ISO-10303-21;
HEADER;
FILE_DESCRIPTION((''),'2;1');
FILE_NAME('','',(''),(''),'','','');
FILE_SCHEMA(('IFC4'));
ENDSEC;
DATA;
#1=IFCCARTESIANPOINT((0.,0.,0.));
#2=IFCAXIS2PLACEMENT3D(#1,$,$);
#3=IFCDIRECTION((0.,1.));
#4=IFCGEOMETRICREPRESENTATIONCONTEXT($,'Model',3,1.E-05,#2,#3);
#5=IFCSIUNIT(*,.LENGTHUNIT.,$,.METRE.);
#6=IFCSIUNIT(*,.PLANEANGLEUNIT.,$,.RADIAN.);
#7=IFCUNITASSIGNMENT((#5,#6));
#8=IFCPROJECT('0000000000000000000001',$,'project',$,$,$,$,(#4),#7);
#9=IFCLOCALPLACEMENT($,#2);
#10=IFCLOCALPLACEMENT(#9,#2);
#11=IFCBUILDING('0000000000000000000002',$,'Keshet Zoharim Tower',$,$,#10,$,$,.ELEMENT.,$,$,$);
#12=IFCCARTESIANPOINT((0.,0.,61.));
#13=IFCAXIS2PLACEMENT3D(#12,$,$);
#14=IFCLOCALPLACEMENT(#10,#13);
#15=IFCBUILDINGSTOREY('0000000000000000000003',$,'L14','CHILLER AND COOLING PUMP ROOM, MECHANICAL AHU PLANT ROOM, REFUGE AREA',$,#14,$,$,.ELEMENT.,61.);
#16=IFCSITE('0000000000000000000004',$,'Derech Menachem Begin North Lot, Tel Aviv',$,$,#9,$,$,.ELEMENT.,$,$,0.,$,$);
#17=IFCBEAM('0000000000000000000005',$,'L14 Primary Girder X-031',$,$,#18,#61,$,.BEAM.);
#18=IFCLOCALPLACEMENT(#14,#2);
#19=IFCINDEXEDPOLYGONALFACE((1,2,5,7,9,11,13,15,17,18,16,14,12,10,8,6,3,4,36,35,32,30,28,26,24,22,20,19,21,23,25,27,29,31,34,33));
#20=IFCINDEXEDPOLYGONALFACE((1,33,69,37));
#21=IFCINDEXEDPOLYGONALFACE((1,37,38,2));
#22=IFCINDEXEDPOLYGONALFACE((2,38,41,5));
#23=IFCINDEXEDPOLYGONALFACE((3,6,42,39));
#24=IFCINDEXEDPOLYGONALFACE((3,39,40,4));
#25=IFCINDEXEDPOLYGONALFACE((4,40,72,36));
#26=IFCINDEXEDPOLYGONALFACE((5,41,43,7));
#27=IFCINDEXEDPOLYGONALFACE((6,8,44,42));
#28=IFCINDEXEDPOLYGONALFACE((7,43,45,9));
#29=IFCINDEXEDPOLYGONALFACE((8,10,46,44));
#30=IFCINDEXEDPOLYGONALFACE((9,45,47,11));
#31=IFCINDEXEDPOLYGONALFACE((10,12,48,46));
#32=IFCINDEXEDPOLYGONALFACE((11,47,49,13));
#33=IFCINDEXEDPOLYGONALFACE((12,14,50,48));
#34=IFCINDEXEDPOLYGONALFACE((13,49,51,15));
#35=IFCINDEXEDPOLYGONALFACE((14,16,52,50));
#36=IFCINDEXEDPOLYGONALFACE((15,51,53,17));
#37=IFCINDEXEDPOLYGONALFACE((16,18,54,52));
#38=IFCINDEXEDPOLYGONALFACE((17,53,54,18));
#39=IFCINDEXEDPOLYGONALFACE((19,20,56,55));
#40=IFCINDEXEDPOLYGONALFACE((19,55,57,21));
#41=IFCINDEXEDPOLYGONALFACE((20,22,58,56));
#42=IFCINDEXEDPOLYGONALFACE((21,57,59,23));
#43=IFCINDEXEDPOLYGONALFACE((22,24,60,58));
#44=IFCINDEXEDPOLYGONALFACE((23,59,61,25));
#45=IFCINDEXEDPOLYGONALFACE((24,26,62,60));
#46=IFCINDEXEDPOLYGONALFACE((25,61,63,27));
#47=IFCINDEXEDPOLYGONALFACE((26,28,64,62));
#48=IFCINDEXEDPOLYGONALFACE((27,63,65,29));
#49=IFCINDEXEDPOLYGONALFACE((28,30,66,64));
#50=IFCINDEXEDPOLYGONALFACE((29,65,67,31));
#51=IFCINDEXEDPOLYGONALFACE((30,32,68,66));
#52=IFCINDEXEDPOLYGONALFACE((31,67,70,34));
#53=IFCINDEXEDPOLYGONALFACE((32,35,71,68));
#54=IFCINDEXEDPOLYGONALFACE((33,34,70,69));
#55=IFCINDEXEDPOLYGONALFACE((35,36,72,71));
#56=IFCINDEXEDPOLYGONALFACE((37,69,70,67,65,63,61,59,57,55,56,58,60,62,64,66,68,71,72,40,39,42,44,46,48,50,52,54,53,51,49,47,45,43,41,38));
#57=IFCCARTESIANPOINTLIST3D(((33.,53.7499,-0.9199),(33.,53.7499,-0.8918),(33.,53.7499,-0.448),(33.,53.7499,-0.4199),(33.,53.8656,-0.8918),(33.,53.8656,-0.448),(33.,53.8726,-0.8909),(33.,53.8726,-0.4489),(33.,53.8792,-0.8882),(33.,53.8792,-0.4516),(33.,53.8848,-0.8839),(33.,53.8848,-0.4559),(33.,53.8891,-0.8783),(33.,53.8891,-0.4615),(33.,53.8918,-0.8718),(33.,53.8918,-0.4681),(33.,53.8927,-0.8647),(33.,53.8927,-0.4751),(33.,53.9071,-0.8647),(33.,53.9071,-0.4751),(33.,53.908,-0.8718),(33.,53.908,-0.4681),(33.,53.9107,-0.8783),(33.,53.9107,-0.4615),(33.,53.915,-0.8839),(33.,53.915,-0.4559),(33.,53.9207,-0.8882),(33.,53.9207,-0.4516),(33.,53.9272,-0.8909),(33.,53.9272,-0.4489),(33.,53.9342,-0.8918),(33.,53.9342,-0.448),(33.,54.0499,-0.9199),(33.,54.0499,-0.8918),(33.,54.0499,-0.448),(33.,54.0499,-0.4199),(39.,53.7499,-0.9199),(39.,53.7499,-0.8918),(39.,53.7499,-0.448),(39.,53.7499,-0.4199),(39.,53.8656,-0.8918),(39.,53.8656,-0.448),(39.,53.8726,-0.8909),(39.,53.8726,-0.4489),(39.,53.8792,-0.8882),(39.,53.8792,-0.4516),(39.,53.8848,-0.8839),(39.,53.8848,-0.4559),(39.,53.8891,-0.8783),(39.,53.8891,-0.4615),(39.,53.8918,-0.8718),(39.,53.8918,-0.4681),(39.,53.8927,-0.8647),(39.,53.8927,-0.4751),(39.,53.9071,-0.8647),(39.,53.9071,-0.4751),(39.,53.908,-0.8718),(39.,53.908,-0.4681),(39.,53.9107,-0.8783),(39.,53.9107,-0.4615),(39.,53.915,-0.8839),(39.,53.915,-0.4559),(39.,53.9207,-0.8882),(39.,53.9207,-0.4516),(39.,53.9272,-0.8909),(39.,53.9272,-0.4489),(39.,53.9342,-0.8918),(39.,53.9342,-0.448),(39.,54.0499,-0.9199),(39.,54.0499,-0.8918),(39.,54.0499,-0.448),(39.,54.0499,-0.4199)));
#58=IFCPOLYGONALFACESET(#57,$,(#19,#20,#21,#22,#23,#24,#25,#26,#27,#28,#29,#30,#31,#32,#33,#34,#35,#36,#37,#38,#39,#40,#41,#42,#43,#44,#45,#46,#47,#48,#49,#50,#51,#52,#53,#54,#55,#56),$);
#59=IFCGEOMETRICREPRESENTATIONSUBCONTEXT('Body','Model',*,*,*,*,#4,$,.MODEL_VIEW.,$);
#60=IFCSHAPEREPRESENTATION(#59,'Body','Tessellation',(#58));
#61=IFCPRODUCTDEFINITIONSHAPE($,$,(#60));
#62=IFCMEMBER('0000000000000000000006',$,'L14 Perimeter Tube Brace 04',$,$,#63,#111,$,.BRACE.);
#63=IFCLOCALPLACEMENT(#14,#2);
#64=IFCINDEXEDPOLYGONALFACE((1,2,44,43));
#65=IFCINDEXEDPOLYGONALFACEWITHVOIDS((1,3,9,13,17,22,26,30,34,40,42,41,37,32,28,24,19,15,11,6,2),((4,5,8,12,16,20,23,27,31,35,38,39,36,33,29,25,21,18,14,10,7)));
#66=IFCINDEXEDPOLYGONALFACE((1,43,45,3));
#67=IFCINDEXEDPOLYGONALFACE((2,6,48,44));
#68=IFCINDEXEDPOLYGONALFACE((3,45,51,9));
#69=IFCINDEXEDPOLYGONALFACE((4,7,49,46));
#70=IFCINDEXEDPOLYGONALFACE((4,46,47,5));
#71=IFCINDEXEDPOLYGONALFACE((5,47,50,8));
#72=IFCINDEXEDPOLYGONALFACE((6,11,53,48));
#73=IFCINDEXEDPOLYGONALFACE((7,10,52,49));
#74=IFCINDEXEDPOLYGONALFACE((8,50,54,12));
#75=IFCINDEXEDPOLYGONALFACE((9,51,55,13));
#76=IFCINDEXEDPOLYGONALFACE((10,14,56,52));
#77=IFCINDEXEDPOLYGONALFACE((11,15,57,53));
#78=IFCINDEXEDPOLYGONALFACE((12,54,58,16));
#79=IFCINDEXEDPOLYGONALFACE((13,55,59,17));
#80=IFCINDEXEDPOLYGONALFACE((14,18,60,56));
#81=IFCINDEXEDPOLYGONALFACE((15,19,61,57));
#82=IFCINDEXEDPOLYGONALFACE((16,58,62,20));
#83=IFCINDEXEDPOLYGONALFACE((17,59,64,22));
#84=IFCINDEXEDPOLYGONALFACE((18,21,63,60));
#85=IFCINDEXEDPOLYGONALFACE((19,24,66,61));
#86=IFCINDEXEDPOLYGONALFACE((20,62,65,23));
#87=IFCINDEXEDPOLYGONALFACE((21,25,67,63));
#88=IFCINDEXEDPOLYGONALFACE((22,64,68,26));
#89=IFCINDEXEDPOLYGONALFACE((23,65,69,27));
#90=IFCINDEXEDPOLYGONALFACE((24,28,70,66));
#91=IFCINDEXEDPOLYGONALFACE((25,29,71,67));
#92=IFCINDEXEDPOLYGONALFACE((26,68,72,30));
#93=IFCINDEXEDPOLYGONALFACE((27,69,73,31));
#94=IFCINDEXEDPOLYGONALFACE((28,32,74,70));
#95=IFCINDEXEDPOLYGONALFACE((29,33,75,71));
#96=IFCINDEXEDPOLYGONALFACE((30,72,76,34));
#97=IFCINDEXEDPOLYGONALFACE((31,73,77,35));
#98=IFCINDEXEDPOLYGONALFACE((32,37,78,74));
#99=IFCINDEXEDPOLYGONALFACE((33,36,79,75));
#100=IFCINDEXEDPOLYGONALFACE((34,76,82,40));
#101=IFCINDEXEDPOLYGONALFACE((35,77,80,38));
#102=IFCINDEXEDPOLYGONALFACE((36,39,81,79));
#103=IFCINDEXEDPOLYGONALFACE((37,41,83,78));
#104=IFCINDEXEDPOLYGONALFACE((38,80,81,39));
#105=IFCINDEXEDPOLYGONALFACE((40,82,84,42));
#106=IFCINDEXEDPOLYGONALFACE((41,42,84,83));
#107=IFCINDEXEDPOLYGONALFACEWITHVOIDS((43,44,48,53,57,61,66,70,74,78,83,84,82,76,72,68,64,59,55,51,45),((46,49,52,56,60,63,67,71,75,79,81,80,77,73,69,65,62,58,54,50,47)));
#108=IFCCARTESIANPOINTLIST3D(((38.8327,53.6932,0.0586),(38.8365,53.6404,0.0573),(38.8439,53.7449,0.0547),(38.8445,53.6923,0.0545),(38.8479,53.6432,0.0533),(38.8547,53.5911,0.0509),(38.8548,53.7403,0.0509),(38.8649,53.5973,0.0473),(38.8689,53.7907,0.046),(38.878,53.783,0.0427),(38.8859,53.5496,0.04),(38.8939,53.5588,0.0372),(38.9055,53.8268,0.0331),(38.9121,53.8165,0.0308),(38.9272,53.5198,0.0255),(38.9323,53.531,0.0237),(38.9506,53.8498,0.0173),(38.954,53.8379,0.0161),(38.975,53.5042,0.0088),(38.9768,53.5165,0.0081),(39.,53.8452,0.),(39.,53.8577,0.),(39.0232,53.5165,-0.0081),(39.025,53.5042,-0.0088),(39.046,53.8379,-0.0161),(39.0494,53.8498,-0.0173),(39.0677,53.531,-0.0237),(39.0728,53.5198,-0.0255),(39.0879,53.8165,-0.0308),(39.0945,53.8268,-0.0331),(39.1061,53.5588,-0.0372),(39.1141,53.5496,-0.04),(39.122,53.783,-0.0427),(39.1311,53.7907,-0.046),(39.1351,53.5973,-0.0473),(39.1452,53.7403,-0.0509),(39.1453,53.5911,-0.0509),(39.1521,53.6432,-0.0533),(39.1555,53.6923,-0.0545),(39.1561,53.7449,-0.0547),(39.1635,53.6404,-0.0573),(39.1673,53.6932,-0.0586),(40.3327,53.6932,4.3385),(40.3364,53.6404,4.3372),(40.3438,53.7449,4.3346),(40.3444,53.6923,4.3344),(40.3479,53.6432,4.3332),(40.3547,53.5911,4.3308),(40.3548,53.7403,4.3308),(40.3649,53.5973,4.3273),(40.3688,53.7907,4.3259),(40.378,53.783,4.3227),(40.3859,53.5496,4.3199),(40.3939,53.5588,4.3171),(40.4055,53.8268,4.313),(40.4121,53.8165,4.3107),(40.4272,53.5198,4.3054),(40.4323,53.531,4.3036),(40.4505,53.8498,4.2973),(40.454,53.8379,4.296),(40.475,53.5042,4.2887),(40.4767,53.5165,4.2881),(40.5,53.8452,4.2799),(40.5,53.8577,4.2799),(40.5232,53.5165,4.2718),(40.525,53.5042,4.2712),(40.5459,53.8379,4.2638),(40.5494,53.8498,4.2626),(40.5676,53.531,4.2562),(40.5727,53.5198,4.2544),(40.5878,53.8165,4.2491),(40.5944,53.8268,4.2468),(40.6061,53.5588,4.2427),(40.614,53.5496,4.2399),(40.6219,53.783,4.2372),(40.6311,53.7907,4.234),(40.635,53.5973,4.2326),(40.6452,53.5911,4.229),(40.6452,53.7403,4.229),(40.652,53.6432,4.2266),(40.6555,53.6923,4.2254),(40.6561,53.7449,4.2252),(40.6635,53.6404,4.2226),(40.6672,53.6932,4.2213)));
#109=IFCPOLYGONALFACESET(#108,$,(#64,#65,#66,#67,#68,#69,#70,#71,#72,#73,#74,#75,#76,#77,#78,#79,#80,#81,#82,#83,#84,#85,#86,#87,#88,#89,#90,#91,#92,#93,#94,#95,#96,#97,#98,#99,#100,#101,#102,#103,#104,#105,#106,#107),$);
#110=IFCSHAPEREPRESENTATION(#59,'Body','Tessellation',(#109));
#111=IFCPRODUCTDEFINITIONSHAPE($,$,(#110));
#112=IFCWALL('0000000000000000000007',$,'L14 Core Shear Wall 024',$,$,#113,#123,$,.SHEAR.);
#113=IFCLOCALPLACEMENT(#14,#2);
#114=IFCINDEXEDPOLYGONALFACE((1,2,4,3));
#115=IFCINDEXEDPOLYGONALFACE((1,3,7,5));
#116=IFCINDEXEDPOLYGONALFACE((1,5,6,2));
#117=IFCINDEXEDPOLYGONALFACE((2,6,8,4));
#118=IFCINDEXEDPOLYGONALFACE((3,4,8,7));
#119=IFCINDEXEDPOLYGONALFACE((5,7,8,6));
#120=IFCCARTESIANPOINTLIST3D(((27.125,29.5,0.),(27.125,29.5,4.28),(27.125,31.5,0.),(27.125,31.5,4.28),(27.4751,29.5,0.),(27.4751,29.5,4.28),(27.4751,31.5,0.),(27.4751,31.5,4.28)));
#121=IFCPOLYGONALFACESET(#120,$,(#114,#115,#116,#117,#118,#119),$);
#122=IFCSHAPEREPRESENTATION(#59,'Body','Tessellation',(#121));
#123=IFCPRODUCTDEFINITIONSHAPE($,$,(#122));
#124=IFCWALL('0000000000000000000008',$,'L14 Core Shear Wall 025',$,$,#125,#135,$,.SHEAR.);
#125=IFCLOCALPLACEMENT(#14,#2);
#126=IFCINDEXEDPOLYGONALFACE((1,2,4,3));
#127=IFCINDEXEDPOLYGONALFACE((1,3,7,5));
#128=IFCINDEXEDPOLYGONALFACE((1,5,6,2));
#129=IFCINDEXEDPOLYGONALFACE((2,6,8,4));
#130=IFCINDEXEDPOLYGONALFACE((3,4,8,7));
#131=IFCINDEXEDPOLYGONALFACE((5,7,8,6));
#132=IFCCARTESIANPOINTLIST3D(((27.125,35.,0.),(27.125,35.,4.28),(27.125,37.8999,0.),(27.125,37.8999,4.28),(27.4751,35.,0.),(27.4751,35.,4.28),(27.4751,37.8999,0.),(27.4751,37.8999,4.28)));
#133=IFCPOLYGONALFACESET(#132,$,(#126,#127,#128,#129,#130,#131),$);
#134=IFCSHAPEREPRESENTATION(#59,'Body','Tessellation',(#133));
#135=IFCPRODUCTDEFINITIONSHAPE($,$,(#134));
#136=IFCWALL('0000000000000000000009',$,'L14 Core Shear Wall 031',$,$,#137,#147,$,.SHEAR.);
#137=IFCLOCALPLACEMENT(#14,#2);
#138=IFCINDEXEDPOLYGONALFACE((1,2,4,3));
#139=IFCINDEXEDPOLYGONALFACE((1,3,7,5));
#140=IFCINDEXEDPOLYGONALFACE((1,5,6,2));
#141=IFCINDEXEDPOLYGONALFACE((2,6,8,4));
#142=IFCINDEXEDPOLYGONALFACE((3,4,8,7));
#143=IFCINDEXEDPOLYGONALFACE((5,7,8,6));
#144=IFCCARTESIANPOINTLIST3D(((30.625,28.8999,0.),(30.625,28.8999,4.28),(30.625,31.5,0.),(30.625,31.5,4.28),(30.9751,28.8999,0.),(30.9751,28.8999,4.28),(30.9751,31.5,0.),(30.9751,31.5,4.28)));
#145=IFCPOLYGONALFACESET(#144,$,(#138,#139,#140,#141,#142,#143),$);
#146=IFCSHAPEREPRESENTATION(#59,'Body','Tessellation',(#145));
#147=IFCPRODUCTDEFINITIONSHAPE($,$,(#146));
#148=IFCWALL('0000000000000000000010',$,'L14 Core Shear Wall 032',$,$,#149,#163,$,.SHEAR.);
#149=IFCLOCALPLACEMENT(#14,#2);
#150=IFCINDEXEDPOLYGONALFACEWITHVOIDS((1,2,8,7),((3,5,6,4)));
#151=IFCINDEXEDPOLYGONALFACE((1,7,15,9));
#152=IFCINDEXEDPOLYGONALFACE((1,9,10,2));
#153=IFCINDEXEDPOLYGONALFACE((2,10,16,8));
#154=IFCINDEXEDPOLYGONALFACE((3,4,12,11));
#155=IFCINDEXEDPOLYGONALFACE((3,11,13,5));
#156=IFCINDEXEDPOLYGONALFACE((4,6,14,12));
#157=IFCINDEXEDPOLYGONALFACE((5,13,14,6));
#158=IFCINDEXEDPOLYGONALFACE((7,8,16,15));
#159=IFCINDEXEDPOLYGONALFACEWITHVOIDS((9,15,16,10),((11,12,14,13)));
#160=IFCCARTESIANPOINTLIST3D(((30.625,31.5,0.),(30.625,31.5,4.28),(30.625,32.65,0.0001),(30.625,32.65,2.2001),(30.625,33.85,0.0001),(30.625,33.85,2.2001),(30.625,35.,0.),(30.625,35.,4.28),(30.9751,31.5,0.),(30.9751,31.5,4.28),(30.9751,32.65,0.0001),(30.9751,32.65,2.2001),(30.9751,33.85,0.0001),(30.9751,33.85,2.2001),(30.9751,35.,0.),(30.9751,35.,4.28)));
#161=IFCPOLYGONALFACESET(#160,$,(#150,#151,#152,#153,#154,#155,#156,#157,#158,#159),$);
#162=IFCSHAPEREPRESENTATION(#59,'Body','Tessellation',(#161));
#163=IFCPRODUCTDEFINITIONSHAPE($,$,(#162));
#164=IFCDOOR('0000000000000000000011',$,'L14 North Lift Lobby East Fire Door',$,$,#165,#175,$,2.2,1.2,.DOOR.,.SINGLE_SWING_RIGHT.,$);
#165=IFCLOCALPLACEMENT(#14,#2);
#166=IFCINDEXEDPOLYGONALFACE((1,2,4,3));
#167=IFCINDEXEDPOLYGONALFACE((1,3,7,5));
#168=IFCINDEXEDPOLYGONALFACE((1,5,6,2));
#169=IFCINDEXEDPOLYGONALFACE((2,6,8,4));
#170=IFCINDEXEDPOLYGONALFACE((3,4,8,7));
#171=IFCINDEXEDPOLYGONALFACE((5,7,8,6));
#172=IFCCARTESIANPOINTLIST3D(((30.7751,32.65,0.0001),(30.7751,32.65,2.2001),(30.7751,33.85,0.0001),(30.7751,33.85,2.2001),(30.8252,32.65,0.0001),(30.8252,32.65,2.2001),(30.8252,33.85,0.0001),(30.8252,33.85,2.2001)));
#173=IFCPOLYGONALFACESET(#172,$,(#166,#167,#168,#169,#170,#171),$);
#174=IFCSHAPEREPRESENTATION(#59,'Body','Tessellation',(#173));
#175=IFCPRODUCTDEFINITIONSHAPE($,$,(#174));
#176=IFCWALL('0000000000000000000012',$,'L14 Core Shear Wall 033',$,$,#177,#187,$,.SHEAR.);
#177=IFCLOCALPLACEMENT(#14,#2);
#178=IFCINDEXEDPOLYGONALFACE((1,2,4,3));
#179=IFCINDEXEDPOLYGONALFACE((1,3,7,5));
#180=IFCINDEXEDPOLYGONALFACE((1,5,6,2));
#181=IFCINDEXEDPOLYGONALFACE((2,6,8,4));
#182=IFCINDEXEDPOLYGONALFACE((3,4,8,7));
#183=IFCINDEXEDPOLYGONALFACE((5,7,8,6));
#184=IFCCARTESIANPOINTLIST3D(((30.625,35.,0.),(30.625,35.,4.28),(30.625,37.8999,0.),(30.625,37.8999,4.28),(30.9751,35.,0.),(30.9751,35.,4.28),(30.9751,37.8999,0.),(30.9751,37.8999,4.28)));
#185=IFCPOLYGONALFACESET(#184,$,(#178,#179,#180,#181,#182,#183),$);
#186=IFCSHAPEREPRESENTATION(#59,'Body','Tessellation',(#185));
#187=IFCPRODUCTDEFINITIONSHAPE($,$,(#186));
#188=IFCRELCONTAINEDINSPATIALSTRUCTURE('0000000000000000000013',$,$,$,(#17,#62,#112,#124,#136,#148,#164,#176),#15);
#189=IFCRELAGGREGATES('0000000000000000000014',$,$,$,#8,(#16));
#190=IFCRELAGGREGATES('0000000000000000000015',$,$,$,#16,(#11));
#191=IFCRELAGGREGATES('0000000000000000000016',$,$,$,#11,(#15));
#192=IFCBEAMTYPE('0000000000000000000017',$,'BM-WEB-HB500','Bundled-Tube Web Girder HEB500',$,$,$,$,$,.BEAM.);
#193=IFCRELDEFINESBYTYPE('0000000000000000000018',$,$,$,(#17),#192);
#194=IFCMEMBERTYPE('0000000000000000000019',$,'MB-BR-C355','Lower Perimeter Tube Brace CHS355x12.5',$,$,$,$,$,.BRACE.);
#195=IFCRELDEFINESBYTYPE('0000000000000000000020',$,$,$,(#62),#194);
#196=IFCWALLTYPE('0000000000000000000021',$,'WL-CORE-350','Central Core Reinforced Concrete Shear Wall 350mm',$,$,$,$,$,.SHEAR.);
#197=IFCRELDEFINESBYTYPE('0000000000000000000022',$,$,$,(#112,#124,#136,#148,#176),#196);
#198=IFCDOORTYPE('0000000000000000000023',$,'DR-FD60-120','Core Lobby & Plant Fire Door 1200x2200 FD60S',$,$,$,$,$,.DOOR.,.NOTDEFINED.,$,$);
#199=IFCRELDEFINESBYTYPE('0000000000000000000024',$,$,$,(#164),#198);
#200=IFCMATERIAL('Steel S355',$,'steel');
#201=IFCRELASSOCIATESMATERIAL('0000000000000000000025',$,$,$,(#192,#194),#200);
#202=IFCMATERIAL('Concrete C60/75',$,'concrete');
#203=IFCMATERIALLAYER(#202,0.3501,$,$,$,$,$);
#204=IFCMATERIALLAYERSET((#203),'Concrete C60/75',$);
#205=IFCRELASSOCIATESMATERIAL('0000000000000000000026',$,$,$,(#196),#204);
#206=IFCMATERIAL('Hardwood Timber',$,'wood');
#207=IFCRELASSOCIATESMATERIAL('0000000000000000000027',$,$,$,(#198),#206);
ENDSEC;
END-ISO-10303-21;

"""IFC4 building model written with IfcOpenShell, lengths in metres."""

from ifc_helpers import new_model, si_unit, direction, frame, frame_2d, origin, origin_2d, place, context, subcontext, project, spatial, rectangle, hollow_circle, i_section, extrude, material, layer, layer_set, material_profile, profile_set, type_object, element, fill, save


model = new_model("IFC4")

# Units and contexts
model_context = context("Model", 3, precision=1e-05, world=origin(), true_north=direction((0.0, 1.0)))
body_context = subcontext(model_context, "Body", "Model", "MODEL_VIEW")
ifc_project = project(units=[si_unit("LENGTHUNIT", "METRE"), si_unit("PLANEANGLEUNIT", "RADIAN")], contexts=[model_context])

# Site, building, storey
site_placement = place(None, origin())
site = spatial("IfcSite", under=ifc_project, at=site_placement, Name="Derech Menachem Begin North Lot, Tel Aviv", CompositionType="ELEMENT", RefElevation=0.0)
building_placement = place(site_placement, origin())
building = spatial("IfcBuilding", under=site, at=building_placement, Name="Keshet Zoharim Tower", CompositionType="ELEMENT")
storey_placement = place(building_placement, frame((0.0, 0.0, 61.0)))
storey = spatial("IfcBuildingStorey", under=building, at=storey_placement, Name="L14", Description="CHILLER AND COOLING PUMP ROOM, MECHANICAL AHU PLANT ROOM, REFUGE AREA", CompositionType="ELEMENT", Elevation=61.0)

# Shared definitions
ifc_material_1 = material(Name="Steel S355", Category="steel")
ifc_material_2 = material(Name="Concrete C60/75", Category="concrete")

# Beam
ifc_material_profile_1 = material_profile(ifc_material_1, i_section(OverallWidth=0.3, OverallDepth=0.5, WebThickness=0.0144, FlangeThickness=0.0281, FilletRadius=0.0271, at=origin_2d()), Name="HEB500")
ifc_profile_set_1 = profile_set([ifc_material_profile_1], Name="Steel S355")
beam_type_1 = type_object("IfcBeamType", Name="BM-WEB-HB500", Description="Bundled-Tube Web Girder HEB500", PredefinedType="BEAM", material=ifc_profile_set_1)
beam_1_placement = place(storey_placement, frame((33.0, 53.8999, -0.6699), z_axis=(1.0, 0.0, 0.0), x_axis=(0.0, 1.0, 0.0)))
element("IfcBeam", 1, at=beam_1_placement, inside=storey, type_object=beam_type_1, Name="L14 Primary Girder X-031", PredefinedType="BEAM", context=body_context, shape_type="SweptSolid", body=[
    extrude(i_section(OverallWidth=0.3, OverallDepth=0.5, WebThickness=0.0144, FlangeThickness=0.0281, FilletRadius=0.0271, at=origin_2d()), origin(), (0.0, 0.0, 1.0), 6.0),
])

# Member
ifc_material_profile_2 = material_profile(ifc_material_1, hollow_circle(Radius=0.1777, WallThickness=0.0125, at=origin_2d()), Name="CHS355x12.5")
ifc_profile_set_2 = profile_set([ifc_material_profile_2], Name="Steel S355")
member_type = type_object("IfcMemberType", Name="MB-BR-C355", Description="Lower Perimeter Tube Brace CHS355x12.5", PredefinedType="BRACE", material=ifc_profile_set_2)
member_placement = place(storey_placement, frame((39.0, 53.6799, 0.0), z_axis=(0.330741, 0.0, 0.943721), x_axis=(0.0, 1.0, 0.0)))
element("IfcMember", 2, at=member_placement, inside=storey, type_object=member_type, Name="L14 Perimeter Tube Brace 04", PredefinedType="BRACE", context=body_context, shape_type="SweptSolid", body=[
    extrude(hollow_circle(Radius=0.1777, WallThickness=0.0125, at=origin_2d()), origin(), (0.0, 0.0, 1.0), 4.5352),
])

# Walls
ifc_layer_1 = layer(ifc_material_2, 0.3501)
ifc_layer_set_1 = layer_set([ifc_layer_1], Name="Concrete C60/75")
wall_type_1 = type_object("IfcWallType", Name="WL-CORE-350", Description="Central Core Reinforced Concrete Shear Wall 350mm", PredefinedType="SHEAR", material=ifc_layer_set_1)
wall_1_placement = place(storey_placement, frame((27.3, 29.5, 0.0), z_axis=(0.0, 0.0, 1.0), x_axis=(0.0, 1.0, 0.0)))
element("IfcWall", 3, at=wall_1_placement, inside=storey, type_object=wall_type_1, Name="L14 Core Shear Wall 024", PredefinedType="SHEAR", context=body_context, shape_type="SweptSolid", body=[
    extrude(rectangle(XDim=2.0, YDim=0.3501, at=frame_2d((1.0, 0.0))), origin(), (0.0, 0.0, 1.0), 4.28),
])
wall_2_placement = place(storey_placement, frame((27.3, 35.0, 0.0), z_axis=(0.0, 0.0, 1.0), x_axis=(0.0, 1.0, 0.0)))
element("IfcWall", 4, at=wall_2_placement, inside=storey, type_object=wall_type_1, Name="L14 Core Shear Wall 025", PredefinedType="SHEAR", context=body_context, shape_type="SweptSolid", body=[
    extrude(rectangle(XDim=2.8999, YDim=0.3501, at=frame_2d((1.45, 0.0))), origin(), (0.0, 0.0, 1.0), 4.28),
])
wall_3_placement = place(storey_placement, frame((30.8, 28.8999, 0.0), z_axis=(0.0, 0.0, 1.0), x_axis=(0.0, 1.0, 0.0)))
element("IfcWall", 5, at=wall_3_placement, inside=storey, type_object=wall_type_1, Name="L14 Core Shear Wall 031", PredefinedType="SHEAR", context=body_context, shape_type="SweptSolid", body=[
    extrude(rectangle(XDim=2.6001, YDim=0.3501, at=frame_2d((1.3, 0.0))), origin(), (0.0, 0.0, 1.0), 4.28),
])

# Wall, opening, door
wall_4_placement = place(storey_placement, frame((30.8, 31.5, 0.0), z_axis=(0.0, 0.0, 1.0), x_axis=(0.0, 1.0, 0.0)))
wall_4 = element("IfcWall", 6, at=wall_4_placement, inside=storey, type_object=wall_type_1, Name="L14 Core Shear Wall 032", PredefinedType="SHEAR", context=body_context, shape_type="SweptSolid", body=[
    extrude(rectangle(XDim=3.5, YDim=0.3501, at=frame_2d((1.75, 0.0))), origin(), (0.0, 0.0, 1.0), 4.28),
])
opening_1_placement = place(wall_4_placement, frame((1.1499, 0.0, 0.0)))
opening_1 = element("IfcOpeningElement", 7, at=opening_1_placement, cuts=wall_4, PredefinedType="OPENING", context=body_context, shape_type="SweptSolid", body=[
    extrude(rectangle(XDim=1.2, YDim=2.2, at=frame_2d((0.6001, 1.1001))), frame((0.0, 0.1851, 0.0), z_axis=(0.0, -1.0, 0.0), x_axis=(1.0, 0.0, 0.0)), (0.0, 0.0, 1.0), 0.3701),
])
ifc_material_3 = material(Name="Hardwood Timber", Category="wood")
door_type = type_object("IfcDoorType", Name="DR-FD60-120", Description="Core Lobby & Plant Fire Door 1200x2200 FD60S", OperationType="NOTDEFINED", PredefinedType="DOOR", material=ifc_material_3)
door_placement = place(opening_1_placement, origin())
door = element("IfcDoor", 8, at=door_placement, inside=storey, type_object=door_type, Name="L14 North Lift Lobby East Fire Door", OperationType="SINGLE_SWING_RIGHT", OverallHeight=2.2, OverallWidth=1.2, PredefinedType="DOOR", context=body_context, shape_type="SweptSolid", body=[
    extrude(rectangle(XDim=1.2, YDim=2.2, at=frame_2d((0.6001, 1.1001))), frame((0.0, 0.0249, 0.0), z_axis=(0.0, -1.0, 0.0), x_axis=(1.0, 0.0, 0.0)), (0.0, 0.0, 1.0), 0.05),
])
fill(opening_1, door)

# Wall
wall_5_placement = place(storey_placement, frame((30.8, 35.0, 0.0), z_axis=(0.0, 0.0, 1.0), x_axis=(0.0, 1.0, 0.0)))
element("IfcWall", 9, at=wall_5_placement, inside=storey, type_object=wall_type_1, Name="L14 Core Shear Wall 033", PredefinedType="SHEAR", context=body_context, shape_type="SweptSolid", body=[
    extrude(rectangle(XDim=2.8999, YDim=0.3501, at=frame_2d((1.45, 0.0))), origin(), (0.0, 0.0, 1.0), 4.28),
])

save(model, "model.ifc")
